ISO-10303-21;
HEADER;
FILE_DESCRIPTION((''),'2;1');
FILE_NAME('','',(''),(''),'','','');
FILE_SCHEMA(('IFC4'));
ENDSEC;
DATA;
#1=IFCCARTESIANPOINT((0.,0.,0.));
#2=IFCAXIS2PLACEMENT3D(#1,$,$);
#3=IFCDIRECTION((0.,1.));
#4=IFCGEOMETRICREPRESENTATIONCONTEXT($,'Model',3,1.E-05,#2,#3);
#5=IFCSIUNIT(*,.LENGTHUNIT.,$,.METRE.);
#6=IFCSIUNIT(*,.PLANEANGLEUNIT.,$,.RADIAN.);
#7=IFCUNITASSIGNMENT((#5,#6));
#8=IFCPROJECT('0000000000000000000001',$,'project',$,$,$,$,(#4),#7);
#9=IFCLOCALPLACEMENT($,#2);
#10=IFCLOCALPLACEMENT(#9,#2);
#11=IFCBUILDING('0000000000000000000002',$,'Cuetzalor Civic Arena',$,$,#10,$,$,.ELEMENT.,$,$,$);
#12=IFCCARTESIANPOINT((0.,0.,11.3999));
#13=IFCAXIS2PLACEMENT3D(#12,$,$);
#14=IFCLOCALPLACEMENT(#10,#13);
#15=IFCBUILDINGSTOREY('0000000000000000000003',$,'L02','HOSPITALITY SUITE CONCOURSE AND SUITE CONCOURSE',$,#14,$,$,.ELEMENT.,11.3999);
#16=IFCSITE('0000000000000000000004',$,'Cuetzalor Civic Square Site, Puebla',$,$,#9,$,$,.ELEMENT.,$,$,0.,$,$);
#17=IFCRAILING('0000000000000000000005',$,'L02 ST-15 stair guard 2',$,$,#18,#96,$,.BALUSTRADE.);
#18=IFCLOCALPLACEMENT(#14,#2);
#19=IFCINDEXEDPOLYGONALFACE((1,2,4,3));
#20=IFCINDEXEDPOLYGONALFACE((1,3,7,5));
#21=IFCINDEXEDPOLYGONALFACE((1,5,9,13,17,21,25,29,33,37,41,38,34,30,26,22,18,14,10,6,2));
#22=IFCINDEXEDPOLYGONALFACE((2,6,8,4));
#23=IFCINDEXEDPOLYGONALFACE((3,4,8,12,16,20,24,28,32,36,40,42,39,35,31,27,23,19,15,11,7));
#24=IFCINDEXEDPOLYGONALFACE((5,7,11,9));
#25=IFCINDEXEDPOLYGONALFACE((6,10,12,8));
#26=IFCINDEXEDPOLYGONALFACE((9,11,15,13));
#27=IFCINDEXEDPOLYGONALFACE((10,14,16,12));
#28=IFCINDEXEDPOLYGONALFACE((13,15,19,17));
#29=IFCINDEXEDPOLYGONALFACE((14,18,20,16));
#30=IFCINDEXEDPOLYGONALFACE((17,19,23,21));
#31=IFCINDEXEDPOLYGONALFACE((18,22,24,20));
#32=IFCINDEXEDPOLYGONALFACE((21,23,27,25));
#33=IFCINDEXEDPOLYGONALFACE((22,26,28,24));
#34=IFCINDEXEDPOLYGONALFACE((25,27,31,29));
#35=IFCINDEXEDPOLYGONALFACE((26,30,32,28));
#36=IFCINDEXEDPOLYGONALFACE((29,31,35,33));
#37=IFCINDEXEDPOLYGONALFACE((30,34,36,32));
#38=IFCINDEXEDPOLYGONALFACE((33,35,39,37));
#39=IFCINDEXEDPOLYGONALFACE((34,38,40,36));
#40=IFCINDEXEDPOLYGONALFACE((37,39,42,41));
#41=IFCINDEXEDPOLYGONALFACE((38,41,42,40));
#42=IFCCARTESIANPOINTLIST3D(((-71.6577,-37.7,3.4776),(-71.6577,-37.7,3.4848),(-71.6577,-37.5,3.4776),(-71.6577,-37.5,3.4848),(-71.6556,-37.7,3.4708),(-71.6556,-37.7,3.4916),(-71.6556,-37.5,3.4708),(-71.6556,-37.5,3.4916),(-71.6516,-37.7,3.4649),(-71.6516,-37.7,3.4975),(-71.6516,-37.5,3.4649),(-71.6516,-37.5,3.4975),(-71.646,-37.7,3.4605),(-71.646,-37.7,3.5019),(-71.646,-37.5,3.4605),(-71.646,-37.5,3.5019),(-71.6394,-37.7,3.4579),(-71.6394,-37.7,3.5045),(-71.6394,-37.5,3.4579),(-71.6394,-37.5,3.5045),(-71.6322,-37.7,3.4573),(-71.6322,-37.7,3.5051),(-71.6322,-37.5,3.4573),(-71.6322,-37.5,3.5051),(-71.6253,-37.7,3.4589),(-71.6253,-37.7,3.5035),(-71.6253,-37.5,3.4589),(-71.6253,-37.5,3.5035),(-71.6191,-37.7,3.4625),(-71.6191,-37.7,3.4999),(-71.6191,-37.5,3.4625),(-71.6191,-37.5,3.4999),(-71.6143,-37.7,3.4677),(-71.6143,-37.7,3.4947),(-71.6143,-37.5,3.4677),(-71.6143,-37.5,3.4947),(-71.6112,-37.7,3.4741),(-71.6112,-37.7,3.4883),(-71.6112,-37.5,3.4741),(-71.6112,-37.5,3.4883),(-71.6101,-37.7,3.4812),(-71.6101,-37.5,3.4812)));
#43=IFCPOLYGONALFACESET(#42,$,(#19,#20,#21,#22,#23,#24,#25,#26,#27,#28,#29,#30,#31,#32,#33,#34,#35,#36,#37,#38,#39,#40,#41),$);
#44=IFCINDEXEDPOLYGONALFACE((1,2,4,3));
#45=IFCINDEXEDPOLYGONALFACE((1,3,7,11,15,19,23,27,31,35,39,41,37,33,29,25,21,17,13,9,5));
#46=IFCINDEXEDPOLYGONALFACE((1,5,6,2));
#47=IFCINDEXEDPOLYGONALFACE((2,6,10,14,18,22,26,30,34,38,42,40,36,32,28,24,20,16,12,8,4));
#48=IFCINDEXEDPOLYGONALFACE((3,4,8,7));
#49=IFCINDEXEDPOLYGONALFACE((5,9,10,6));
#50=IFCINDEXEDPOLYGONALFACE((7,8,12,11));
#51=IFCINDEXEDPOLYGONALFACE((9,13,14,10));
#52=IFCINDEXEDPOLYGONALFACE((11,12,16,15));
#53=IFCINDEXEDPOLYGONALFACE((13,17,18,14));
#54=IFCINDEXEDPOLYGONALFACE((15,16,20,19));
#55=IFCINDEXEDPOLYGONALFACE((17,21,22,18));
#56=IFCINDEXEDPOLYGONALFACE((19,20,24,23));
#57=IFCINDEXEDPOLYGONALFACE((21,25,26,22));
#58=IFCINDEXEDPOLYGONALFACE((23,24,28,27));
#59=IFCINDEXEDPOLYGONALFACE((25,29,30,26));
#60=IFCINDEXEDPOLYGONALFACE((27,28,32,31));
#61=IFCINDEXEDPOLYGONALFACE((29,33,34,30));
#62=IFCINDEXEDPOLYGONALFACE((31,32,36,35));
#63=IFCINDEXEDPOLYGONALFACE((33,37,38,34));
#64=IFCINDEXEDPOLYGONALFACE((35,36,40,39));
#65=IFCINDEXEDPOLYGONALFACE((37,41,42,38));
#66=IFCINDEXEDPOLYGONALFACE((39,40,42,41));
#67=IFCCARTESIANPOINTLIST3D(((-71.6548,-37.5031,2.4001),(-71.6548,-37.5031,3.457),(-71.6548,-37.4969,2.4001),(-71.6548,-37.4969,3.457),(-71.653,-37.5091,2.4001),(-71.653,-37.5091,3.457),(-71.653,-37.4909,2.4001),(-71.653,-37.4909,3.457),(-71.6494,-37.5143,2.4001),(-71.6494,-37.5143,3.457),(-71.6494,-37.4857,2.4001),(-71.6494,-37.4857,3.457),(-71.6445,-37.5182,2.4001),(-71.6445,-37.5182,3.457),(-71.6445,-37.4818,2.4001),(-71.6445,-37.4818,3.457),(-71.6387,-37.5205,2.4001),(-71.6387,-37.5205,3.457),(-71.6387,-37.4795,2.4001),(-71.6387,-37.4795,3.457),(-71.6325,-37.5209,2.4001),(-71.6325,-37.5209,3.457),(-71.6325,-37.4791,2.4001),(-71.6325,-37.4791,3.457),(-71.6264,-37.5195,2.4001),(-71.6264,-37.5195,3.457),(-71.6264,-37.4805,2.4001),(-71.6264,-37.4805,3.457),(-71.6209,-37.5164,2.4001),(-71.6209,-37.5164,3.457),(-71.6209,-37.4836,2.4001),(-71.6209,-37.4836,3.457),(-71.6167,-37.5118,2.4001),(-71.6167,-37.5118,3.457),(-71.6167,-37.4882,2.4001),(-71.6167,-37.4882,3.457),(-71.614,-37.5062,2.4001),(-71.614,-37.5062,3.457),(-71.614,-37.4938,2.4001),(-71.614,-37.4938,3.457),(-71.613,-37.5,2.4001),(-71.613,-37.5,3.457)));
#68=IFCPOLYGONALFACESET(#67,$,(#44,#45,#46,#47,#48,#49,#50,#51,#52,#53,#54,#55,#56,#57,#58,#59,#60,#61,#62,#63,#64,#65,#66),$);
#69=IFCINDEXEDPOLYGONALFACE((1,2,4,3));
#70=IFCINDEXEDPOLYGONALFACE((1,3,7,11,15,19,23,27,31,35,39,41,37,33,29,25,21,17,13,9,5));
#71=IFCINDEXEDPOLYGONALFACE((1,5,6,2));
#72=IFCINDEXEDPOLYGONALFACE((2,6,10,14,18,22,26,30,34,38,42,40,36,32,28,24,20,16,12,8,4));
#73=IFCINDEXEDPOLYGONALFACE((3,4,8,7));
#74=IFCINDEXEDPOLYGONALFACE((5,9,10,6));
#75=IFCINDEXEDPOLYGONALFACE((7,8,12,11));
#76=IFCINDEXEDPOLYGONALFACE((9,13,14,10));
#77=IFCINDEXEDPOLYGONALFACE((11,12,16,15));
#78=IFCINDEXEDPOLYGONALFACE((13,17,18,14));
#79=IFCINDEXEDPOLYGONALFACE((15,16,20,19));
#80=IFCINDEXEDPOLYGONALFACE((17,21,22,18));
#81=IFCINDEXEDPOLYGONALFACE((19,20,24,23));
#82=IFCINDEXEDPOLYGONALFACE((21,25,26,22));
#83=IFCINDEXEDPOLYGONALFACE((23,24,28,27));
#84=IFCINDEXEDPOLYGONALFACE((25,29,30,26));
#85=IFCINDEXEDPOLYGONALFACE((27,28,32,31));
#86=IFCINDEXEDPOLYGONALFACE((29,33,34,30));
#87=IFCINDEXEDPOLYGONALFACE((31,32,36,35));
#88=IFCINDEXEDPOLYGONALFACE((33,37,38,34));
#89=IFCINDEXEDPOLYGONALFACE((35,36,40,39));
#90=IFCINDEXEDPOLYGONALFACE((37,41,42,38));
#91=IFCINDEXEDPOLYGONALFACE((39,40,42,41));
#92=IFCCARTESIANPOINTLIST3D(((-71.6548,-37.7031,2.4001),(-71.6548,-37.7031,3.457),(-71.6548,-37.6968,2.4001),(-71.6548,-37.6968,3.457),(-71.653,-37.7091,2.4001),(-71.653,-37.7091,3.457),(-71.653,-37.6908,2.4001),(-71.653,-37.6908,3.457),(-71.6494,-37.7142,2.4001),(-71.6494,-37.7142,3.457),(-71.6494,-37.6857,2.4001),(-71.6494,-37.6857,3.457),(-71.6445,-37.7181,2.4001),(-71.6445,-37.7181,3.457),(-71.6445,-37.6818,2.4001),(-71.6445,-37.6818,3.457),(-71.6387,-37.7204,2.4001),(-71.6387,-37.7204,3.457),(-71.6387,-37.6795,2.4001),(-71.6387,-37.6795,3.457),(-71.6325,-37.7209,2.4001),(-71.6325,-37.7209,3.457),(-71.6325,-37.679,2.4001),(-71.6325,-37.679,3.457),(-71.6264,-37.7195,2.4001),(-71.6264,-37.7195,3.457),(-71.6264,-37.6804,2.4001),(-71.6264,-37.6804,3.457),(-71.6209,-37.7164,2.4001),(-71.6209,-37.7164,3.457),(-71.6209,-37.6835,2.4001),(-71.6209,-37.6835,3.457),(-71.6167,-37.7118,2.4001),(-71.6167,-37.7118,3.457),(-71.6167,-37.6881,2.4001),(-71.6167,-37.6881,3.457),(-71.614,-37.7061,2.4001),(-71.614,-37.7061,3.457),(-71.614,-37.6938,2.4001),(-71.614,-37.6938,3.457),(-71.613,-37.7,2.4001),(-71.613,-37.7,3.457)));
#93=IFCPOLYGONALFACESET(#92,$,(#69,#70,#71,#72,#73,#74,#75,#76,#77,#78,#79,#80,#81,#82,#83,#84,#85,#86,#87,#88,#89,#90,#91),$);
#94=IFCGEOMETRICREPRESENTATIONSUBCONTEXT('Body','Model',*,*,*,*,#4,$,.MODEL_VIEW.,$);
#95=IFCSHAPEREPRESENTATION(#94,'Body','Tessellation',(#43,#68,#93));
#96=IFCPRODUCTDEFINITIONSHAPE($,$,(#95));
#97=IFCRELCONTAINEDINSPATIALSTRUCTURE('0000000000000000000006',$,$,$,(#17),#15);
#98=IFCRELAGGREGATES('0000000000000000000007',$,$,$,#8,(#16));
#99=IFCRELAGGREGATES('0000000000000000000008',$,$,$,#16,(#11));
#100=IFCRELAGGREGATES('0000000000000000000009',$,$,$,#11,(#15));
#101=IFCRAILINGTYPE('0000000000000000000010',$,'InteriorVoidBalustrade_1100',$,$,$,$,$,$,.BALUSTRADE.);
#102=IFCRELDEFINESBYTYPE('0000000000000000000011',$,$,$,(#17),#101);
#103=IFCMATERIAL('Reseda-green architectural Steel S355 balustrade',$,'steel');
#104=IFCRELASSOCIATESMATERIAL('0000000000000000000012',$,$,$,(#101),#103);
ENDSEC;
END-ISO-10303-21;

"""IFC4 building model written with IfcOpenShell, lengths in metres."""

from ifc_helpers import new_model, si_unit, direction, frame, origin, origin_2d, place, context, subcontext, project, spatial, circle, extrude, material, type_object, element, save


model = new_model("IFC4")

# Units and contexts
model_context = context("Model", 3, precision=1e-05, world=origin(), true_north=direction((0.0, 1.0)))
body_context = subcontext(model_context, "Body", "Model", "MODEL_VIEW")
ifc_project = project(units=[si_unit("LENGTHUNIT", "METRE"), si_unit("PLANEANGLEUNIT", "RADIAN")], contexts=[model_context])

# Site, building, storey
site_placement = place(None, origin())
site = spatial("IfcSite", under=ifc_project, at=site_placement, Name="Cuetzalor Civic Square Site, Puebla", CompositionType="ELEMENT", RefElevation=0.0)
building_placement = place(site_placement, origin())
building = spatial("IfcBuilding", under=site, at=building_placement, Name="Cuetzalor Civic Arena", CompositionType="ELEMENT")
storey_placement = place(building_placement, frame((0.0, 0.0, 11.3999)))
storey = spatial("IfcBuildingStorey", under=building, at=storey_placement, Name="L02", Description="HOSPITALITY SUITE CONCOURSE AND SUITE CONCOURSE", CompositionType="ELEMENT", Elevation=11.3999)

# Railing
ifc_material_1 = material(Name="Reseda-green architectural Steel S355 balustrade", Category="steel")
railing_type_1 = type_object("IfcRailingType", Name="InteriorVoidBalustrade_1100", PredefinedType="BALUSTRADE", material=ifc_material_1)
railing_1_placement = place(storey_placement, frame((-71.634, -37.5, 2.4001)))
element("IfcRailing", 1, at=railing_1_placement, inside=storey, type_object=railing_type_1, Name="L02 ST-15 stair guard 2", PredefinedType="BALUSTRADE", context=body_context, shape_type="SweptSolid", body=[
    extrude(circle(Radius=0.0239, at=origin_2d()), frame((0.0, 0.0, 1.0811), z_axis=(0.0, -1.0, 0.0), x_axis=(1.0, 0.0, 0.0)), (0.0, 0.0, 1.0), 0.2),
    extrude(circle(Radius=0.021, at=origin_2d()), origin(), (0.0, 0.0, 1.0), 1.0569),
    extrude(circle(Radius=0.021, at=origin_2d()), frame((0.0, -0.2, 0.0)), (0.0, 0.0, 1.0), 1.0569),
])

save(model, "model.ifc")
